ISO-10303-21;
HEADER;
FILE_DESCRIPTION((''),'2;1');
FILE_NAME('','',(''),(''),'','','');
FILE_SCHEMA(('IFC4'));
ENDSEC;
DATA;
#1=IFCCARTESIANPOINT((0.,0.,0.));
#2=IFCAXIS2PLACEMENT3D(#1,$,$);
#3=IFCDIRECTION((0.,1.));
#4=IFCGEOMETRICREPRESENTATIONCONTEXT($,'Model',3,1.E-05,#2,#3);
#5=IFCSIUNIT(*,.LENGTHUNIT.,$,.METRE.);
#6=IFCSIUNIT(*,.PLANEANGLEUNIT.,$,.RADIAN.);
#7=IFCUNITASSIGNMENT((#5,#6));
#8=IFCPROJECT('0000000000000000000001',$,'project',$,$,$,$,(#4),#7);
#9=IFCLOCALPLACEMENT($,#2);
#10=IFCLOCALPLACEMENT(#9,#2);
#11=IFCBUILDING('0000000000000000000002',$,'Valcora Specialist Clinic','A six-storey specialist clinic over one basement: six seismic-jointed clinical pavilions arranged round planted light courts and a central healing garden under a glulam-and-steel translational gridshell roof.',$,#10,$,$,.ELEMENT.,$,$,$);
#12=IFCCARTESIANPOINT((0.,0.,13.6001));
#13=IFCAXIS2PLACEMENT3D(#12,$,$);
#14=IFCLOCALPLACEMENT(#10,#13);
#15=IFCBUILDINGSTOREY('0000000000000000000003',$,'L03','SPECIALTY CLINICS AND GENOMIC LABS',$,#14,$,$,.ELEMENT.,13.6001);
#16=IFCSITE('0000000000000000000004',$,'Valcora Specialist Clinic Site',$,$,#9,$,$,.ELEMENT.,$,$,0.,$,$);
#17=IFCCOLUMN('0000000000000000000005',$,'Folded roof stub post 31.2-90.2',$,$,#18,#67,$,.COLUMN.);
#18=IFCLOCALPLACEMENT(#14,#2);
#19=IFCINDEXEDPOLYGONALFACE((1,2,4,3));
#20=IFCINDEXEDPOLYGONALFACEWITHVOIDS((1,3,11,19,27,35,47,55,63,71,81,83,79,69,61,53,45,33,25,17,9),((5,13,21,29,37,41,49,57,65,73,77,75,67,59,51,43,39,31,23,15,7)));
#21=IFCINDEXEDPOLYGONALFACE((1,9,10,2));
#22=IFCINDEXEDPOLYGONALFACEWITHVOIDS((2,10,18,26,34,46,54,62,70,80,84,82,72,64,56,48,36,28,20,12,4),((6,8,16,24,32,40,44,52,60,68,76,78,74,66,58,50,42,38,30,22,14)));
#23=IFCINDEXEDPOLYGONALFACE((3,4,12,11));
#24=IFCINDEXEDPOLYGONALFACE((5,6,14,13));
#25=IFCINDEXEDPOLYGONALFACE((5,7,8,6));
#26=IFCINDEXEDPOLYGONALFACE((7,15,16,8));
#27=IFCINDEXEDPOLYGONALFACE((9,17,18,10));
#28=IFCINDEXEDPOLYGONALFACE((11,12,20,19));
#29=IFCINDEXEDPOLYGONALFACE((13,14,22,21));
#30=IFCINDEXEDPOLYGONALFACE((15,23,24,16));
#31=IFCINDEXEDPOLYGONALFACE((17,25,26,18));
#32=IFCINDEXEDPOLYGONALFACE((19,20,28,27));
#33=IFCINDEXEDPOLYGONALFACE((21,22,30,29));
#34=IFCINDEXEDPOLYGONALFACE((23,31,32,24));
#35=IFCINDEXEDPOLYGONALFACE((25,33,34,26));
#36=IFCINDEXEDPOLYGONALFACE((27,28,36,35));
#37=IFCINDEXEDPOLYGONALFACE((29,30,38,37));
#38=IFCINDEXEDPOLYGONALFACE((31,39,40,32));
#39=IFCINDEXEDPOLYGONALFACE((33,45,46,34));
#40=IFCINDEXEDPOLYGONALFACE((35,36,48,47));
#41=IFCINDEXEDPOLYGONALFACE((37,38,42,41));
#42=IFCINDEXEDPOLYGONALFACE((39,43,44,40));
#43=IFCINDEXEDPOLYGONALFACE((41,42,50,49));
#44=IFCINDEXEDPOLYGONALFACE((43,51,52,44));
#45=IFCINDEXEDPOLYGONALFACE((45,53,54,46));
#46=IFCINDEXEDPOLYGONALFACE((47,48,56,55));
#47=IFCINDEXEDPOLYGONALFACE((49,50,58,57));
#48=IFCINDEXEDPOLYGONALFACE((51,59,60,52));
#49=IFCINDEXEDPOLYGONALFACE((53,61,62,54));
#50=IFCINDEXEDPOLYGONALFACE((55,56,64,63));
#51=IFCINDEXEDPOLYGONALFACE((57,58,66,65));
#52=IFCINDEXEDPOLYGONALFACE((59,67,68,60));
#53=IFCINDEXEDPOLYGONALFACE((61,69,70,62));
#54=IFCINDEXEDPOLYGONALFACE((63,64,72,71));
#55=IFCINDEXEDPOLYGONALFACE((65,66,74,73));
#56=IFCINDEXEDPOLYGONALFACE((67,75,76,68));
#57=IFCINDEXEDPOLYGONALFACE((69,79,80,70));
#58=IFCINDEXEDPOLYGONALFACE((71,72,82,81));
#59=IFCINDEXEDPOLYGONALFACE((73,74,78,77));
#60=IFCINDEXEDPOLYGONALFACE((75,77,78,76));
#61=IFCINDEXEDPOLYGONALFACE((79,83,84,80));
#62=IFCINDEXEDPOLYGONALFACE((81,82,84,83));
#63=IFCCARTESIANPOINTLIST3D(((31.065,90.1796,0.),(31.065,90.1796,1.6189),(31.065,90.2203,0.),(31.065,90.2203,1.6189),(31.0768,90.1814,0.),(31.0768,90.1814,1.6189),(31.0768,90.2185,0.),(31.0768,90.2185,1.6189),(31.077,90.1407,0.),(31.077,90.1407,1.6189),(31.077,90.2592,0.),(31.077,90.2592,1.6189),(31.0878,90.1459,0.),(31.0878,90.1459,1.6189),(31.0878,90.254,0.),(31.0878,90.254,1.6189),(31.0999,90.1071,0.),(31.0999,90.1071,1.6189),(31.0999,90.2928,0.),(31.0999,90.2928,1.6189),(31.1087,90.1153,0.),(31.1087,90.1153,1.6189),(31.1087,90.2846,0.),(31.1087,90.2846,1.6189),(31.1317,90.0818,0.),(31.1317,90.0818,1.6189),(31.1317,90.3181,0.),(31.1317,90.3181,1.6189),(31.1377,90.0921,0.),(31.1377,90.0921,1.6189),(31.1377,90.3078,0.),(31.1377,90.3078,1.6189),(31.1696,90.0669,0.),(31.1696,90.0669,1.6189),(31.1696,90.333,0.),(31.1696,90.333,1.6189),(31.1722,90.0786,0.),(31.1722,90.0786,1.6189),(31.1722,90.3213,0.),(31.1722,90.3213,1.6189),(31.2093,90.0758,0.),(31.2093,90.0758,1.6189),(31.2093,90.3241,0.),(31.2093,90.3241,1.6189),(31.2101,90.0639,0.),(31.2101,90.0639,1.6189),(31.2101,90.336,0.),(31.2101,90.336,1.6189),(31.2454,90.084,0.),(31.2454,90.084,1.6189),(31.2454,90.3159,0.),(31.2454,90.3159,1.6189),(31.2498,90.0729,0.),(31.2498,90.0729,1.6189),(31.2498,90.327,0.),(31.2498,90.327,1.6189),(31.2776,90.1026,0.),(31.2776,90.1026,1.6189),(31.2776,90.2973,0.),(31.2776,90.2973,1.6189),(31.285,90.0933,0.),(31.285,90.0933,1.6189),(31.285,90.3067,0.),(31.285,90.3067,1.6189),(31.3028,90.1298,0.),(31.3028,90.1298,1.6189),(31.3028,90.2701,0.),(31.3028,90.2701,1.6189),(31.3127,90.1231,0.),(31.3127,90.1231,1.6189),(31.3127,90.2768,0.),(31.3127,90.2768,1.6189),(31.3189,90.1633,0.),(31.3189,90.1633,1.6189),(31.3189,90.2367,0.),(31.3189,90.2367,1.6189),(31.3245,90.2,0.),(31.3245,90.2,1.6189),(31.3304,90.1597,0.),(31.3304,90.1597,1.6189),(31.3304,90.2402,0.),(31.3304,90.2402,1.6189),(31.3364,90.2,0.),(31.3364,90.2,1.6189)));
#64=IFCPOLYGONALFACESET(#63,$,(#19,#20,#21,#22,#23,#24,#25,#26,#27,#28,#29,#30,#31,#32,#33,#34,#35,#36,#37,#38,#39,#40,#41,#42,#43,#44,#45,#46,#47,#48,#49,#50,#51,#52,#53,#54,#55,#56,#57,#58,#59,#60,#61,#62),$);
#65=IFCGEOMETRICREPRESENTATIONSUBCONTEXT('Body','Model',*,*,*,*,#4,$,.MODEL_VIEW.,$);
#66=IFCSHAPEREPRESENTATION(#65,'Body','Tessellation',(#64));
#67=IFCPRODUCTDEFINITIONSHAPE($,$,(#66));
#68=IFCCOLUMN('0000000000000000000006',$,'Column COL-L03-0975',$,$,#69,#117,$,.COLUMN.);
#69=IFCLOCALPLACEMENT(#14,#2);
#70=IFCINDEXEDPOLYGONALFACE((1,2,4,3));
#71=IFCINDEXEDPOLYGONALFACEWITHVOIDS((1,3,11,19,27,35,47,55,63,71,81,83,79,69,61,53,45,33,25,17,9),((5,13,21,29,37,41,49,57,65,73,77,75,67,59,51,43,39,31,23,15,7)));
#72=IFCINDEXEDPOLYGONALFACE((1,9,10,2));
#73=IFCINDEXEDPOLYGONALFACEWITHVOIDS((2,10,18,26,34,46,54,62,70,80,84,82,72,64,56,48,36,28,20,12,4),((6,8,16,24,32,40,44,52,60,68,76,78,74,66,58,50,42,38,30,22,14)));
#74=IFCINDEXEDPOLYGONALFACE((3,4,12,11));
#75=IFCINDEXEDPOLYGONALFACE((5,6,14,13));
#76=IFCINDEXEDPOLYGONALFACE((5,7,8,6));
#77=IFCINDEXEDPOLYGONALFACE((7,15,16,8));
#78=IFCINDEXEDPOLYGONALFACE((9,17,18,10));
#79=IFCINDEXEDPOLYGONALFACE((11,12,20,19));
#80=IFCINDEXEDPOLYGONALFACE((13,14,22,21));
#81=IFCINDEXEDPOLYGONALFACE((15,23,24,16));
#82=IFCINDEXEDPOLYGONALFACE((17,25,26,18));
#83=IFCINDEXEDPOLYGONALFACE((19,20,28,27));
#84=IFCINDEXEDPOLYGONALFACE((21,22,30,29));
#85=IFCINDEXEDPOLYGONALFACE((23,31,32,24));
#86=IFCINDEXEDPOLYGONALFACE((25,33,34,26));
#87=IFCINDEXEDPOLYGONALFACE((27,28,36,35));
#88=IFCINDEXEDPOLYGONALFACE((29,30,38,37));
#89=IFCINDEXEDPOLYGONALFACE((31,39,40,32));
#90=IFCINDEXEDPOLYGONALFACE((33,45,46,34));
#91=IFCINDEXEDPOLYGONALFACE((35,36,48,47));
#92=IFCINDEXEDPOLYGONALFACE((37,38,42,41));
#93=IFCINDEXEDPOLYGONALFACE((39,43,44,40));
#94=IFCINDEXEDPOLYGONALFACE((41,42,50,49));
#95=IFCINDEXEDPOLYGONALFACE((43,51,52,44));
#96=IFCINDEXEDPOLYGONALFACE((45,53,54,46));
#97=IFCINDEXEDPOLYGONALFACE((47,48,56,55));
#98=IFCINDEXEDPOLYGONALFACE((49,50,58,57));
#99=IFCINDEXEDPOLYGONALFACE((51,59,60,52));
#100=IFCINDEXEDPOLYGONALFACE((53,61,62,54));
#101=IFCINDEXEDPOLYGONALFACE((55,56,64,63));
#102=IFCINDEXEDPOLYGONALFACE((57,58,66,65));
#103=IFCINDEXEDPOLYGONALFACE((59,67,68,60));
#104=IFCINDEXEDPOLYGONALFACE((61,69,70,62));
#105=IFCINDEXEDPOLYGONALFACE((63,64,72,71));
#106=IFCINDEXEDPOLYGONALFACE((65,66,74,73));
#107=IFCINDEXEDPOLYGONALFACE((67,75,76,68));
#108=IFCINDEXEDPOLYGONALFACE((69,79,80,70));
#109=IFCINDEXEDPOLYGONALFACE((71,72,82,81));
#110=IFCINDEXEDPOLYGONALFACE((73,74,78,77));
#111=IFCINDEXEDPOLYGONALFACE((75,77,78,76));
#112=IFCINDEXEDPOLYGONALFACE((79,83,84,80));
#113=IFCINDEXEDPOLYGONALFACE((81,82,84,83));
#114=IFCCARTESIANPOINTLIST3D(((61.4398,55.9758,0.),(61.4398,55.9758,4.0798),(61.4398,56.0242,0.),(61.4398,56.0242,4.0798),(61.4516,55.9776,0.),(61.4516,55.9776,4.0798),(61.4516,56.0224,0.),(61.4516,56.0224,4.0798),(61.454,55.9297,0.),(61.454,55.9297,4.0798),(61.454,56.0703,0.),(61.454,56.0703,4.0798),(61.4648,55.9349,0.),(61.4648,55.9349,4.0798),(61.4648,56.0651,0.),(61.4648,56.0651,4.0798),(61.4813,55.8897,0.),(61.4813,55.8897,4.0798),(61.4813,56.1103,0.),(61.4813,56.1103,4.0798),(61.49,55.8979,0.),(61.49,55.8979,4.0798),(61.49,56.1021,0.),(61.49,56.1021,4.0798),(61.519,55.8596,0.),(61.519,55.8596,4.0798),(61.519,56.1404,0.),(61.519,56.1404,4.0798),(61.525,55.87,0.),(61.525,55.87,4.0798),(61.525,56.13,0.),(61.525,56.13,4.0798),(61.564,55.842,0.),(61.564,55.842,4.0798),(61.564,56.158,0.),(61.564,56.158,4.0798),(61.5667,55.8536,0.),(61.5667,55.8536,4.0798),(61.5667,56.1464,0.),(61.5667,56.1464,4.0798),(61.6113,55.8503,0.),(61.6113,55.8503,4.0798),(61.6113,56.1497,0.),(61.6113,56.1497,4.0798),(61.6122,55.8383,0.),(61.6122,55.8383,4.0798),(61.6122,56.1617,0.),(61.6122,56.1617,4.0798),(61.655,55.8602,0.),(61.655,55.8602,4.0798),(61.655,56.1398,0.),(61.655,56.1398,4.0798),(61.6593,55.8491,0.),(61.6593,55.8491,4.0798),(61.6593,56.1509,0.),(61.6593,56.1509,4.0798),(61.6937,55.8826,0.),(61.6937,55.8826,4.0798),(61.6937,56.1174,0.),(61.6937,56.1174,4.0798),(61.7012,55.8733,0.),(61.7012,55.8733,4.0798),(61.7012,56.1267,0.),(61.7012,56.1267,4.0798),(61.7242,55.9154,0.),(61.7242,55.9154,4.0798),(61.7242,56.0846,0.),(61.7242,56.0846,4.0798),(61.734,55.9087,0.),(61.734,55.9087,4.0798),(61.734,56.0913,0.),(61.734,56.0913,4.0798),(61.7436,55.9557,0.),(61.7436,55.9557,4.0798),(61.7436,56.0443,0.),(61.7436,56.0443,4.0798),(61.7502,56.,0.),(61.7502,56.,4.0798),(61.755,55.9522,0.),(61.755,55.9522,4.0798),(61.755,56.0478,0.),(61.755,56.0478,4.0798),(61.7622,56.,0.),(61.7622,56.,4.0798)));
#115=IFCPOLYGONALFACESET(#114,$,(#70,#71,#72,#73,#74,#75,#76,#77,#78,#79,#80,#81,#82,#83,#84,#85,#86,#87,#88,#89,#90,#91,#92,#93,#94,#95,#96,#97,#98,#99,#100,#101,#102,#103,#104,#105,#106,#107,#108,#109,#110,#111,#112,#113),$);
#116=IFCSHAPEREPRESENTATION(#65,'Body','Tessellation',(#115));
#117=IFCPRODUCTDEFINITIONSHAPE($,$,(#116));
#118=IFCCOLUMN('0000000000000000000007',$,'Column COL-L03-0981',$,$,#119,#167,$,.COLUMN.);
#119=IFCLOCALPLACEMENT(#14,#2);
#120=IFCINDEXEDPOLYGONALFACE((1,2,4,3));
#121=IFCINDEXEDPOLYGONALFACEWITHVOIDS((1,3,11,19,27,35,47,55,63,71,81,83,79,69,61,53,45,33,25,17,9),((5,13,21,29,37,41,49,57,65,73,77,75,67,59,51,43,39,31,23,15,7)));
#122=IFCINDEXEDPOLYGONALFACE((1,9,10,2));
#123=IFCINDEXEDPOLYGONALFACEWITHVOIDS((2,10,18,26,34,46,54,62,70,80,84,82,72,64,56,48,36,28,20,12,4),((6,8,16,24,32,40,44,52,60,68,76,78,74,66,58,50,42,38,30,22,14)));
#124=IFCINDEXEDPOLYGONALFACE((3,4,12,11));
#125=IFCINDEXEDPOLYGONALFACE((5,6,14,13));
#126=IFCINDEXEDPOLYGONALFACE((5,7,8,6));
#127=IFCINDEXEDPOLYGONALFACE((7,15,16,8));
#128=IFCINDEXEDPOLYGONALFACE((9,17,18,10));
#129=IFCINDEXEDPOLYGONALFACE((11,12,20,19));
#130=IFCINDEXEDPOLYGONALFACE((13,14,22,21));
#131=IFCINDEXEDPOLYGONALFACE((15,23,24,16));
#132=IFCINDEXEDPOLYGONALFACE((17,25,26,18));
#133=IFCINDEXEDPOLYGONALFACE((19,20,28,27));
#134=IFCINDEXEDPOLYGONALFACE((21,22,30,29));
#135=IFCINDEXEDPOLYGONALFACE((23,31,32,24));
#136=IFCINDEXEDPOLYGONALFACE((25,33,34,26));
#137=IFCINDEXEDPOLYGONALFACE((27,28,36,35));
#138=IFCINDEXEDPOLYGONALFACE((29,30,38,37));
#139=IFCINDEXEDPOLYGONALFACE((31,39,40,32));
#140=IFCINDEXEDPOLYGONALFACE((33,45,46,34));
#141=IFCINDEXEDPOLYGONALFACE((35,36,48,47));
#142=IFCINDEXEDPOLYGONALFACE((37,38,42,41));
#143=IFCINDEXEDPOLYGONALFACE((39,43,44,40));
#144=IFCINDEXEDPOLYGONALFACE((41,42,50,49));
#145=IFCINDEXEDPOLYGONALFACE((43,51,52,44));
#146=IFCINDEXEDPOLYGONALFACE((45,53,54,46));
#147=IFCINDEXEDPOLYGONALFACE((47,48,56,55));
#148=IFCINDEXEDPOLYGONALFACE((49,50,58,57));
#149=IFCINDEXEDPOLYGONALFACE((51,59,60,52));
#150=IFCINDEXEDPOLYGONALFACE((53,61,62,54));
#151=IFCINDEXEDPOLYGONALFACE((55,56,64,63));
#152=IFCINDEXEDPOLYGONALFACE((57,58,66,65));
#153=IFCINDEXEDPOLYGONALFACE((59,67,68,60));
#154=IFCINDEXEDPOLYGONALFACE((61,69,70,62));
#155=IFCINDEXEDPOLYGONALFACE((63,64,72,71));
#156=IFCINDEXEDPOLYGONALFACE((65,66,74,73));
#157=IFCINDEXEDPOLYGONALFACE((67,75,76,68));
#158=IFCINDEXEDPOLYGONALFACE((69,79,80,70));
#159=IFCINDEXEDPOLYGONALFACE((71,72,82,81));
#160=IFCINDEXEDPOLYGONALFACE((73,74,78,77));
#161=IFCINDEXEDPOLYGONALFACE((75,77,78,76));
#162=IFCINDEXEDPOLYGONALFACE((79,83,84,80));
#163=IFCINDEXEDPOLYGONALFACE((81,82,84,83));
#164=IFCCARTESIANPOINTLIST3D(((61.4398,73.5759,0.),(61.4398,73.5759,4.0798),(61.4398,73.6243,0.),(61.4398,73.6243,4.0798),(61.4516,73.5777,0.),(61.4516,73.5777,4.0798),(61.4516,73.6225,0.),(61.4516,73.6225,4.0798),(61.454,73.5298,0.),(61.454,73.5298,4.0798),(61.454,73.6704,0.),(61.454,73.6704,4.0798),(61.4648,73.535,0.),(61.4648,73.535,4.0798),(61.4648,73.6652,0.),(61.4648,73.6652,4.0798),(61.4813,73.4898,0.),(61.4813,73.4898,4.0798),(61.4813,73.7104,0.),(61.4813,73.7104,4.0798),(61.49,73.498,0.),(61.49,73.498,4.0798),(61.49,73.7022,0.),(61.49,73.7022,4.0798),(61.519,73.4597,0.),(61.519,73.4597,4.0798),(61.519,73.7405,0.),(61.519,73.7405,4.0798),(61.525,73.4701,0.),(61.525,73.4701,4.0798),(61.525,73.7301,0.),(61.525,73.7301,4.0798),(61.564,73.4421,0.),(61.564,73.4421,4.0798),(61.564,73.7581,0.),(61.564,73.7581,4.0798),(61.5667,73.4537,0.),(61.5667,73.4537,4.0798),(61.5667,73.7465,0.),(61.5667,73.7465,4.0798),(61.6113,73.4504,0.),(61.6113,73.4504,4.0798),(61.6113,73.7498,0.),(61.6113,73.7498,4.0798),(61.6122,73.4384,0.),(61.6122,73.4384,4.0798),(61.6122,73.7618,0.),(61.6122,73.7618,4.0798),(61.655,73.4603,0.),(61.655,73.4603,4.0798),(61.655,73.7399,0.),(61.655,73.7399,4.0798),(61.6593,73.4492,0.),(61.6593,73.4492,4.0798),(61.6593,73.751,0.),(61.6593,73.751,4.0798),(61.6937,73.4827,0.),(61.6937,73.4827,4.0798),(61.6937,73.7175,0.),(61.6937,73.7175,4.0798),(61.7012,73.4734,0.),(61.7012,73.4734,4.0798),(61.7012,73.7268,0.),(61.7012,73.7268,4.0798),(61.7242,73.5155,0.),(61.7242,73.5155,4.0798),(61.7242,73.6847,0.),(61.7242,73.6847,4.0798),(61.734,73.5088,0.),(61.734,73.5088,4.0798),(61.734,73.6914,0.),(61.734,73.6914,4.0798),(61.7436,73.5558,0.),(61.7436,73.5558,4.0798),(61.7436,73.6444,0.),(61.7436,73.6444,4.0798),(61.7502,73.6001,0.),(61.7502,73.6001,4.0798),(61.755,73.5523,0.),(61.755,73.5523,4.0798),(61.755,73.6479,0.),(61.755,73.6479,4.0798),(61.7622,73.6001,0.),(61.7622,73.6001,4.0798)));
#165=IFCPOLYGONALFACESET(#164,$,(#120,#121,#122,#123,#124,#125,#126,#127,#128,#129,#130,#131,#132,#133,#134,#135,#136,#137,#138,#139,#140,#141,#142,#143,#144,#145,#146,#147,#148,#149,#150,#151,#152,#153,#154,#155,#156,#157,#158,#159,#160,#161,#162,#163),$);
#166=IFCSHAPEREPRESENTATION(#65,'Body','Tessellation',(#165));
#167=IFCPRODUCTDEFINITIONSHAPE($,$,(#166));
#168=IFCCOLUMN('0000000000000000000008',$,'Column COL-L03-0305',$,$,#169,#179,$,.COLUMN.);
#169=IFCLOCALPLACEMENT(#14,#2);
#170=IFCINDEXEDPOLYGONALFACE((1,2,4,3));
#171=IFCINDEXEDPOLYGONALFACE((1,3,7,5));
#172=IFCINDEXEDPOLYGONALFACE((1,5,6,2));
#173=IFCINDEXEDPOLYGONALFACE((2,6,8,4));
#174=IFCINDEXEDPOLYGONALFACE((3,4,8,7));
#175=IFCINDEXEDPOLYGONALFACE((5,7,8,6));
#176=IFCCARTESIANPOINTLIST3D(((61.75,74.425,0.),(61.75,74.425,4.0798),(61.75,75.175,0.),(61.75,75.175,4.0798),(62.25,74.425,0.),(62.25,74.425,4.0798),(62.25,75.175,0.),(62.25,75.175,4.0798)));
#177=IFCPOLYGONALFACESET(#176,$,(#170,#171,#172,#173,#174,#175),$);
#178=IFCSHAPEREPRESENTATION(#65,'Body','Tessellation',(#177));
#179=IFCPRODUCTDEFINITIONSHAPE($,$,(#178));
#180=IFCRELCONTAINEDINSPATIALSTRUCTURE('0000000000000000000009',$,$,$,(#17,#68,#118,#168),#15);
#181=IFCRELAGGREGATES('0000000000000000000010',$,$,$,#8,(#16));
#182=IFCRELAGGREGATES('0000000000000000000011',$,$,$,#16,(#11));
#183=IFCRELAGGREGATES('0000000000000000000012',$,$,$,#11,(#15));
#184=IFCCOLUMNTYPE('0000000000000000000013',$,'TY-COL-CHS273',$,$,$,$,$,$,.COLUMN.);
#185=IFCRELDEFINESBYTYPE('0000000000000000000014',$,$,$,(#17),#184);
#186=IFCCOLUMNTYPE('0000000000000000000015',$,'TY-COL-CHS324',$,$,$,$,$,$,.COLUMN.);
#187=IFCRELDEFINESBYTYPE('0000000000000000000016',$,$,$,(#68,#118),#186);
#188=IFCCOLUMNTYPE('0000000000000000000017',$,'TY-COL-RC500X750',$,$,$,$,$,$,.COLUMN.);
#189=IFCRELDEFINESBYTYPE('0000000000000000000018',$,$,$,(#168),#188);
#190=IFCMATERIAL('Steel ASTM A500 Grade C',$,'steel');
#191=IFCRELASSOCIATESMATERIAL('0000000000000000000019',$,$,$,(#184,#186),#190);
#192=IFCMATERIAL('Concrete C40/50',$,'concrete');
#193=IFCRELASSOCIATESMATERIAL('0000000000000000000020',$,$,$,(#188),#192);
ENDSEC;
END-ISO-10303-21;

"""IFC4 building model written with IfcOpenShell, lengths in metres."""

from ifc_helpers import new_model, si_unit, direction, frame, origin, origin_2d, place, context, subcontext, project, spatial, rectangle, hollow_circle, extrude, material, material_profile, profile_set, type_object, element, save


model = new_model("IFC4")

# Units and contexts
model_context = context("Model", 3, precision=1e-05, world=origin(), true_north=direction((0.0, 1.0)))
body_context = subcontext(model_context, "Body", "Model", "MODEL_VIEW")
ifc_project = project(units=[si_unit("LENGTHUNIT", "METRE"), si_unit("PLANEANGLEUNIT", "RADIAN")], contexts=[model_context])

# Site, building, storey
site_placement = place(None, origin())
site = spatial("IfcSite", under=ifc_project, at=site_placement, Name="Valcora Specialist Clinic Site", CompositionType="ELEMENT", RefElevation=0.0)
building_placement = place(site_placement, origin())
building = spatial("IfcBuilding", under=site, at=building_placement, Name="Valcora Specialist Clinic", Description="A six-storey specialist clinic over one basement: six seismic-jointed clinical pavilions arranged round planted light courts and a central healing garden under a glulam-and-steel translational gridshell roof.", CompositionType="ELEMENT")
storey_placement = place(building_placement, frame((0.0, 0.0, 13.6001)))
storey = spatial("IfcBuildingStorey", under=building, at=storey_placement, Name="L03", Description="SPECIALTY CLINICS AND GENOMIC LABS", CompositionType="ELEMENT", Elevation=13.6001)

# Columns
ifc_material_1 = material(Name="Steel ASTM A500 Grade C", Category="steel")
ifc_material_profile_1 = material_profile(ifc_material_1, hollow_circle(Radius=0.1365, WallThickness=0.012, at=origin_2d()), Name="ST-CHS-273X12")
ifc_profile_set_1 = profile_set([ifc_material_profile_1], Name="Steel ASTM A500 Grade C")
column_type_1 = type_object("IfcColumnType", Name="TY-COL-CHS273", PredefinedType="COLUMN", material=ifc_profile_set_1)
column_1_placement = place(storey_placement, frame((31.2, 90.2, 0.0), z_axis=(0.0, 0.0, 1.0), x_axis=(1.0, 0.0, 0.0)))
element("IfcColumn", 1, at=column_1_placement, inside=storey, type_object=column_type_1, Name="Folded roof stub post 31.2-90.2", PredefinedType="COLUMN", context=body_context, shape_type="SweptSolid", body=[
    extrude(hollow_circle(Radius=0.1365, WallThickness=0.012, at=origin_2d()), origin(), (0.0, 0.0, 1.0), 1.6189),
])
ifc_material_profile_2 = material_profile(ifc_material_1, hollow_circle(Radius=0.1621, WallThickness=0.012, at=origin_2d()), Name="ST-CHS-324X12")
ifc_profile_set_2 = profile_set([ifc_material_profile_2], Name="Steel ASTM A500 Grade C")
column_type_2 = type_object("IfcColumnType", Name="TY-COL-CHS324", PredefinedType="COLUMN", material=ifc_profile_set_2)
for number, where, z_axis, x_axis, name in (
    (2, (61.6001, 56.0, 0.0), (0.0, 0.0, 1.0), (1.0, 0.0, 0.0), "Column COL-L03-0975"),
    (3, (61.6001, 73.6001, 0.0), (0.0, 0.0, 1.0), (1.0, 0.0, 0.0), "Column COL-L03-0981"),
):
    element("IfcColumn", number, at=place(storey_placement, frame(where, z_axis=z_axis, x_axis=x_axis)), inside=storey, type_object=column_type_2, Name=name, PredefinedType="COLUMN", context=body_context, shape_type="SweptSolid", body=[
        extrude(hollow_circle(Radius=0.1621, WallThickness=0.012, at=origin_2d()), origin(), (0.0, 0.0, 1.0), 4.0798),
    ])
ifc_material_2 = material(Name="Concrete C40/50", Category="concrete")
ifc_material_profile_3 = material_profile(ifc_material_2, rectangle(XDim=0.5, YDim=0.75, at=origin_2d()), Name="RC-COL-500X750")
ifc_profile_set_3 = profile_set([ifc_material_profile_3], Name="Concrete C40/50")
column_type_3 = type_object("IfcColumnType", Name="TY-COL-RC500X750", PredefinedType="COLUMN", material=ifc_profile_set_3)
column_2_placement = place(storey_placement, frame((62.0, 74.8, 0.0), z_axis=(0.0, 0.0, 1.0), x_axis=(1.0, 0.0, 0.0)))
element("IfcColumn", 4, at=column_2_placement, inside=storey, type_object=column_type_3, Name="Column COL-L03-0305", PredefinedType="COLUMN", context=body_context, shape_type="SweptSolid", body=[
    extrude(rectangle(XDim=0.5, YDim=0.75, at=origin_2d()), origin(), (0.0, 0.0, 1.0), 4.0798),
])

save(model, "model.ifc")
